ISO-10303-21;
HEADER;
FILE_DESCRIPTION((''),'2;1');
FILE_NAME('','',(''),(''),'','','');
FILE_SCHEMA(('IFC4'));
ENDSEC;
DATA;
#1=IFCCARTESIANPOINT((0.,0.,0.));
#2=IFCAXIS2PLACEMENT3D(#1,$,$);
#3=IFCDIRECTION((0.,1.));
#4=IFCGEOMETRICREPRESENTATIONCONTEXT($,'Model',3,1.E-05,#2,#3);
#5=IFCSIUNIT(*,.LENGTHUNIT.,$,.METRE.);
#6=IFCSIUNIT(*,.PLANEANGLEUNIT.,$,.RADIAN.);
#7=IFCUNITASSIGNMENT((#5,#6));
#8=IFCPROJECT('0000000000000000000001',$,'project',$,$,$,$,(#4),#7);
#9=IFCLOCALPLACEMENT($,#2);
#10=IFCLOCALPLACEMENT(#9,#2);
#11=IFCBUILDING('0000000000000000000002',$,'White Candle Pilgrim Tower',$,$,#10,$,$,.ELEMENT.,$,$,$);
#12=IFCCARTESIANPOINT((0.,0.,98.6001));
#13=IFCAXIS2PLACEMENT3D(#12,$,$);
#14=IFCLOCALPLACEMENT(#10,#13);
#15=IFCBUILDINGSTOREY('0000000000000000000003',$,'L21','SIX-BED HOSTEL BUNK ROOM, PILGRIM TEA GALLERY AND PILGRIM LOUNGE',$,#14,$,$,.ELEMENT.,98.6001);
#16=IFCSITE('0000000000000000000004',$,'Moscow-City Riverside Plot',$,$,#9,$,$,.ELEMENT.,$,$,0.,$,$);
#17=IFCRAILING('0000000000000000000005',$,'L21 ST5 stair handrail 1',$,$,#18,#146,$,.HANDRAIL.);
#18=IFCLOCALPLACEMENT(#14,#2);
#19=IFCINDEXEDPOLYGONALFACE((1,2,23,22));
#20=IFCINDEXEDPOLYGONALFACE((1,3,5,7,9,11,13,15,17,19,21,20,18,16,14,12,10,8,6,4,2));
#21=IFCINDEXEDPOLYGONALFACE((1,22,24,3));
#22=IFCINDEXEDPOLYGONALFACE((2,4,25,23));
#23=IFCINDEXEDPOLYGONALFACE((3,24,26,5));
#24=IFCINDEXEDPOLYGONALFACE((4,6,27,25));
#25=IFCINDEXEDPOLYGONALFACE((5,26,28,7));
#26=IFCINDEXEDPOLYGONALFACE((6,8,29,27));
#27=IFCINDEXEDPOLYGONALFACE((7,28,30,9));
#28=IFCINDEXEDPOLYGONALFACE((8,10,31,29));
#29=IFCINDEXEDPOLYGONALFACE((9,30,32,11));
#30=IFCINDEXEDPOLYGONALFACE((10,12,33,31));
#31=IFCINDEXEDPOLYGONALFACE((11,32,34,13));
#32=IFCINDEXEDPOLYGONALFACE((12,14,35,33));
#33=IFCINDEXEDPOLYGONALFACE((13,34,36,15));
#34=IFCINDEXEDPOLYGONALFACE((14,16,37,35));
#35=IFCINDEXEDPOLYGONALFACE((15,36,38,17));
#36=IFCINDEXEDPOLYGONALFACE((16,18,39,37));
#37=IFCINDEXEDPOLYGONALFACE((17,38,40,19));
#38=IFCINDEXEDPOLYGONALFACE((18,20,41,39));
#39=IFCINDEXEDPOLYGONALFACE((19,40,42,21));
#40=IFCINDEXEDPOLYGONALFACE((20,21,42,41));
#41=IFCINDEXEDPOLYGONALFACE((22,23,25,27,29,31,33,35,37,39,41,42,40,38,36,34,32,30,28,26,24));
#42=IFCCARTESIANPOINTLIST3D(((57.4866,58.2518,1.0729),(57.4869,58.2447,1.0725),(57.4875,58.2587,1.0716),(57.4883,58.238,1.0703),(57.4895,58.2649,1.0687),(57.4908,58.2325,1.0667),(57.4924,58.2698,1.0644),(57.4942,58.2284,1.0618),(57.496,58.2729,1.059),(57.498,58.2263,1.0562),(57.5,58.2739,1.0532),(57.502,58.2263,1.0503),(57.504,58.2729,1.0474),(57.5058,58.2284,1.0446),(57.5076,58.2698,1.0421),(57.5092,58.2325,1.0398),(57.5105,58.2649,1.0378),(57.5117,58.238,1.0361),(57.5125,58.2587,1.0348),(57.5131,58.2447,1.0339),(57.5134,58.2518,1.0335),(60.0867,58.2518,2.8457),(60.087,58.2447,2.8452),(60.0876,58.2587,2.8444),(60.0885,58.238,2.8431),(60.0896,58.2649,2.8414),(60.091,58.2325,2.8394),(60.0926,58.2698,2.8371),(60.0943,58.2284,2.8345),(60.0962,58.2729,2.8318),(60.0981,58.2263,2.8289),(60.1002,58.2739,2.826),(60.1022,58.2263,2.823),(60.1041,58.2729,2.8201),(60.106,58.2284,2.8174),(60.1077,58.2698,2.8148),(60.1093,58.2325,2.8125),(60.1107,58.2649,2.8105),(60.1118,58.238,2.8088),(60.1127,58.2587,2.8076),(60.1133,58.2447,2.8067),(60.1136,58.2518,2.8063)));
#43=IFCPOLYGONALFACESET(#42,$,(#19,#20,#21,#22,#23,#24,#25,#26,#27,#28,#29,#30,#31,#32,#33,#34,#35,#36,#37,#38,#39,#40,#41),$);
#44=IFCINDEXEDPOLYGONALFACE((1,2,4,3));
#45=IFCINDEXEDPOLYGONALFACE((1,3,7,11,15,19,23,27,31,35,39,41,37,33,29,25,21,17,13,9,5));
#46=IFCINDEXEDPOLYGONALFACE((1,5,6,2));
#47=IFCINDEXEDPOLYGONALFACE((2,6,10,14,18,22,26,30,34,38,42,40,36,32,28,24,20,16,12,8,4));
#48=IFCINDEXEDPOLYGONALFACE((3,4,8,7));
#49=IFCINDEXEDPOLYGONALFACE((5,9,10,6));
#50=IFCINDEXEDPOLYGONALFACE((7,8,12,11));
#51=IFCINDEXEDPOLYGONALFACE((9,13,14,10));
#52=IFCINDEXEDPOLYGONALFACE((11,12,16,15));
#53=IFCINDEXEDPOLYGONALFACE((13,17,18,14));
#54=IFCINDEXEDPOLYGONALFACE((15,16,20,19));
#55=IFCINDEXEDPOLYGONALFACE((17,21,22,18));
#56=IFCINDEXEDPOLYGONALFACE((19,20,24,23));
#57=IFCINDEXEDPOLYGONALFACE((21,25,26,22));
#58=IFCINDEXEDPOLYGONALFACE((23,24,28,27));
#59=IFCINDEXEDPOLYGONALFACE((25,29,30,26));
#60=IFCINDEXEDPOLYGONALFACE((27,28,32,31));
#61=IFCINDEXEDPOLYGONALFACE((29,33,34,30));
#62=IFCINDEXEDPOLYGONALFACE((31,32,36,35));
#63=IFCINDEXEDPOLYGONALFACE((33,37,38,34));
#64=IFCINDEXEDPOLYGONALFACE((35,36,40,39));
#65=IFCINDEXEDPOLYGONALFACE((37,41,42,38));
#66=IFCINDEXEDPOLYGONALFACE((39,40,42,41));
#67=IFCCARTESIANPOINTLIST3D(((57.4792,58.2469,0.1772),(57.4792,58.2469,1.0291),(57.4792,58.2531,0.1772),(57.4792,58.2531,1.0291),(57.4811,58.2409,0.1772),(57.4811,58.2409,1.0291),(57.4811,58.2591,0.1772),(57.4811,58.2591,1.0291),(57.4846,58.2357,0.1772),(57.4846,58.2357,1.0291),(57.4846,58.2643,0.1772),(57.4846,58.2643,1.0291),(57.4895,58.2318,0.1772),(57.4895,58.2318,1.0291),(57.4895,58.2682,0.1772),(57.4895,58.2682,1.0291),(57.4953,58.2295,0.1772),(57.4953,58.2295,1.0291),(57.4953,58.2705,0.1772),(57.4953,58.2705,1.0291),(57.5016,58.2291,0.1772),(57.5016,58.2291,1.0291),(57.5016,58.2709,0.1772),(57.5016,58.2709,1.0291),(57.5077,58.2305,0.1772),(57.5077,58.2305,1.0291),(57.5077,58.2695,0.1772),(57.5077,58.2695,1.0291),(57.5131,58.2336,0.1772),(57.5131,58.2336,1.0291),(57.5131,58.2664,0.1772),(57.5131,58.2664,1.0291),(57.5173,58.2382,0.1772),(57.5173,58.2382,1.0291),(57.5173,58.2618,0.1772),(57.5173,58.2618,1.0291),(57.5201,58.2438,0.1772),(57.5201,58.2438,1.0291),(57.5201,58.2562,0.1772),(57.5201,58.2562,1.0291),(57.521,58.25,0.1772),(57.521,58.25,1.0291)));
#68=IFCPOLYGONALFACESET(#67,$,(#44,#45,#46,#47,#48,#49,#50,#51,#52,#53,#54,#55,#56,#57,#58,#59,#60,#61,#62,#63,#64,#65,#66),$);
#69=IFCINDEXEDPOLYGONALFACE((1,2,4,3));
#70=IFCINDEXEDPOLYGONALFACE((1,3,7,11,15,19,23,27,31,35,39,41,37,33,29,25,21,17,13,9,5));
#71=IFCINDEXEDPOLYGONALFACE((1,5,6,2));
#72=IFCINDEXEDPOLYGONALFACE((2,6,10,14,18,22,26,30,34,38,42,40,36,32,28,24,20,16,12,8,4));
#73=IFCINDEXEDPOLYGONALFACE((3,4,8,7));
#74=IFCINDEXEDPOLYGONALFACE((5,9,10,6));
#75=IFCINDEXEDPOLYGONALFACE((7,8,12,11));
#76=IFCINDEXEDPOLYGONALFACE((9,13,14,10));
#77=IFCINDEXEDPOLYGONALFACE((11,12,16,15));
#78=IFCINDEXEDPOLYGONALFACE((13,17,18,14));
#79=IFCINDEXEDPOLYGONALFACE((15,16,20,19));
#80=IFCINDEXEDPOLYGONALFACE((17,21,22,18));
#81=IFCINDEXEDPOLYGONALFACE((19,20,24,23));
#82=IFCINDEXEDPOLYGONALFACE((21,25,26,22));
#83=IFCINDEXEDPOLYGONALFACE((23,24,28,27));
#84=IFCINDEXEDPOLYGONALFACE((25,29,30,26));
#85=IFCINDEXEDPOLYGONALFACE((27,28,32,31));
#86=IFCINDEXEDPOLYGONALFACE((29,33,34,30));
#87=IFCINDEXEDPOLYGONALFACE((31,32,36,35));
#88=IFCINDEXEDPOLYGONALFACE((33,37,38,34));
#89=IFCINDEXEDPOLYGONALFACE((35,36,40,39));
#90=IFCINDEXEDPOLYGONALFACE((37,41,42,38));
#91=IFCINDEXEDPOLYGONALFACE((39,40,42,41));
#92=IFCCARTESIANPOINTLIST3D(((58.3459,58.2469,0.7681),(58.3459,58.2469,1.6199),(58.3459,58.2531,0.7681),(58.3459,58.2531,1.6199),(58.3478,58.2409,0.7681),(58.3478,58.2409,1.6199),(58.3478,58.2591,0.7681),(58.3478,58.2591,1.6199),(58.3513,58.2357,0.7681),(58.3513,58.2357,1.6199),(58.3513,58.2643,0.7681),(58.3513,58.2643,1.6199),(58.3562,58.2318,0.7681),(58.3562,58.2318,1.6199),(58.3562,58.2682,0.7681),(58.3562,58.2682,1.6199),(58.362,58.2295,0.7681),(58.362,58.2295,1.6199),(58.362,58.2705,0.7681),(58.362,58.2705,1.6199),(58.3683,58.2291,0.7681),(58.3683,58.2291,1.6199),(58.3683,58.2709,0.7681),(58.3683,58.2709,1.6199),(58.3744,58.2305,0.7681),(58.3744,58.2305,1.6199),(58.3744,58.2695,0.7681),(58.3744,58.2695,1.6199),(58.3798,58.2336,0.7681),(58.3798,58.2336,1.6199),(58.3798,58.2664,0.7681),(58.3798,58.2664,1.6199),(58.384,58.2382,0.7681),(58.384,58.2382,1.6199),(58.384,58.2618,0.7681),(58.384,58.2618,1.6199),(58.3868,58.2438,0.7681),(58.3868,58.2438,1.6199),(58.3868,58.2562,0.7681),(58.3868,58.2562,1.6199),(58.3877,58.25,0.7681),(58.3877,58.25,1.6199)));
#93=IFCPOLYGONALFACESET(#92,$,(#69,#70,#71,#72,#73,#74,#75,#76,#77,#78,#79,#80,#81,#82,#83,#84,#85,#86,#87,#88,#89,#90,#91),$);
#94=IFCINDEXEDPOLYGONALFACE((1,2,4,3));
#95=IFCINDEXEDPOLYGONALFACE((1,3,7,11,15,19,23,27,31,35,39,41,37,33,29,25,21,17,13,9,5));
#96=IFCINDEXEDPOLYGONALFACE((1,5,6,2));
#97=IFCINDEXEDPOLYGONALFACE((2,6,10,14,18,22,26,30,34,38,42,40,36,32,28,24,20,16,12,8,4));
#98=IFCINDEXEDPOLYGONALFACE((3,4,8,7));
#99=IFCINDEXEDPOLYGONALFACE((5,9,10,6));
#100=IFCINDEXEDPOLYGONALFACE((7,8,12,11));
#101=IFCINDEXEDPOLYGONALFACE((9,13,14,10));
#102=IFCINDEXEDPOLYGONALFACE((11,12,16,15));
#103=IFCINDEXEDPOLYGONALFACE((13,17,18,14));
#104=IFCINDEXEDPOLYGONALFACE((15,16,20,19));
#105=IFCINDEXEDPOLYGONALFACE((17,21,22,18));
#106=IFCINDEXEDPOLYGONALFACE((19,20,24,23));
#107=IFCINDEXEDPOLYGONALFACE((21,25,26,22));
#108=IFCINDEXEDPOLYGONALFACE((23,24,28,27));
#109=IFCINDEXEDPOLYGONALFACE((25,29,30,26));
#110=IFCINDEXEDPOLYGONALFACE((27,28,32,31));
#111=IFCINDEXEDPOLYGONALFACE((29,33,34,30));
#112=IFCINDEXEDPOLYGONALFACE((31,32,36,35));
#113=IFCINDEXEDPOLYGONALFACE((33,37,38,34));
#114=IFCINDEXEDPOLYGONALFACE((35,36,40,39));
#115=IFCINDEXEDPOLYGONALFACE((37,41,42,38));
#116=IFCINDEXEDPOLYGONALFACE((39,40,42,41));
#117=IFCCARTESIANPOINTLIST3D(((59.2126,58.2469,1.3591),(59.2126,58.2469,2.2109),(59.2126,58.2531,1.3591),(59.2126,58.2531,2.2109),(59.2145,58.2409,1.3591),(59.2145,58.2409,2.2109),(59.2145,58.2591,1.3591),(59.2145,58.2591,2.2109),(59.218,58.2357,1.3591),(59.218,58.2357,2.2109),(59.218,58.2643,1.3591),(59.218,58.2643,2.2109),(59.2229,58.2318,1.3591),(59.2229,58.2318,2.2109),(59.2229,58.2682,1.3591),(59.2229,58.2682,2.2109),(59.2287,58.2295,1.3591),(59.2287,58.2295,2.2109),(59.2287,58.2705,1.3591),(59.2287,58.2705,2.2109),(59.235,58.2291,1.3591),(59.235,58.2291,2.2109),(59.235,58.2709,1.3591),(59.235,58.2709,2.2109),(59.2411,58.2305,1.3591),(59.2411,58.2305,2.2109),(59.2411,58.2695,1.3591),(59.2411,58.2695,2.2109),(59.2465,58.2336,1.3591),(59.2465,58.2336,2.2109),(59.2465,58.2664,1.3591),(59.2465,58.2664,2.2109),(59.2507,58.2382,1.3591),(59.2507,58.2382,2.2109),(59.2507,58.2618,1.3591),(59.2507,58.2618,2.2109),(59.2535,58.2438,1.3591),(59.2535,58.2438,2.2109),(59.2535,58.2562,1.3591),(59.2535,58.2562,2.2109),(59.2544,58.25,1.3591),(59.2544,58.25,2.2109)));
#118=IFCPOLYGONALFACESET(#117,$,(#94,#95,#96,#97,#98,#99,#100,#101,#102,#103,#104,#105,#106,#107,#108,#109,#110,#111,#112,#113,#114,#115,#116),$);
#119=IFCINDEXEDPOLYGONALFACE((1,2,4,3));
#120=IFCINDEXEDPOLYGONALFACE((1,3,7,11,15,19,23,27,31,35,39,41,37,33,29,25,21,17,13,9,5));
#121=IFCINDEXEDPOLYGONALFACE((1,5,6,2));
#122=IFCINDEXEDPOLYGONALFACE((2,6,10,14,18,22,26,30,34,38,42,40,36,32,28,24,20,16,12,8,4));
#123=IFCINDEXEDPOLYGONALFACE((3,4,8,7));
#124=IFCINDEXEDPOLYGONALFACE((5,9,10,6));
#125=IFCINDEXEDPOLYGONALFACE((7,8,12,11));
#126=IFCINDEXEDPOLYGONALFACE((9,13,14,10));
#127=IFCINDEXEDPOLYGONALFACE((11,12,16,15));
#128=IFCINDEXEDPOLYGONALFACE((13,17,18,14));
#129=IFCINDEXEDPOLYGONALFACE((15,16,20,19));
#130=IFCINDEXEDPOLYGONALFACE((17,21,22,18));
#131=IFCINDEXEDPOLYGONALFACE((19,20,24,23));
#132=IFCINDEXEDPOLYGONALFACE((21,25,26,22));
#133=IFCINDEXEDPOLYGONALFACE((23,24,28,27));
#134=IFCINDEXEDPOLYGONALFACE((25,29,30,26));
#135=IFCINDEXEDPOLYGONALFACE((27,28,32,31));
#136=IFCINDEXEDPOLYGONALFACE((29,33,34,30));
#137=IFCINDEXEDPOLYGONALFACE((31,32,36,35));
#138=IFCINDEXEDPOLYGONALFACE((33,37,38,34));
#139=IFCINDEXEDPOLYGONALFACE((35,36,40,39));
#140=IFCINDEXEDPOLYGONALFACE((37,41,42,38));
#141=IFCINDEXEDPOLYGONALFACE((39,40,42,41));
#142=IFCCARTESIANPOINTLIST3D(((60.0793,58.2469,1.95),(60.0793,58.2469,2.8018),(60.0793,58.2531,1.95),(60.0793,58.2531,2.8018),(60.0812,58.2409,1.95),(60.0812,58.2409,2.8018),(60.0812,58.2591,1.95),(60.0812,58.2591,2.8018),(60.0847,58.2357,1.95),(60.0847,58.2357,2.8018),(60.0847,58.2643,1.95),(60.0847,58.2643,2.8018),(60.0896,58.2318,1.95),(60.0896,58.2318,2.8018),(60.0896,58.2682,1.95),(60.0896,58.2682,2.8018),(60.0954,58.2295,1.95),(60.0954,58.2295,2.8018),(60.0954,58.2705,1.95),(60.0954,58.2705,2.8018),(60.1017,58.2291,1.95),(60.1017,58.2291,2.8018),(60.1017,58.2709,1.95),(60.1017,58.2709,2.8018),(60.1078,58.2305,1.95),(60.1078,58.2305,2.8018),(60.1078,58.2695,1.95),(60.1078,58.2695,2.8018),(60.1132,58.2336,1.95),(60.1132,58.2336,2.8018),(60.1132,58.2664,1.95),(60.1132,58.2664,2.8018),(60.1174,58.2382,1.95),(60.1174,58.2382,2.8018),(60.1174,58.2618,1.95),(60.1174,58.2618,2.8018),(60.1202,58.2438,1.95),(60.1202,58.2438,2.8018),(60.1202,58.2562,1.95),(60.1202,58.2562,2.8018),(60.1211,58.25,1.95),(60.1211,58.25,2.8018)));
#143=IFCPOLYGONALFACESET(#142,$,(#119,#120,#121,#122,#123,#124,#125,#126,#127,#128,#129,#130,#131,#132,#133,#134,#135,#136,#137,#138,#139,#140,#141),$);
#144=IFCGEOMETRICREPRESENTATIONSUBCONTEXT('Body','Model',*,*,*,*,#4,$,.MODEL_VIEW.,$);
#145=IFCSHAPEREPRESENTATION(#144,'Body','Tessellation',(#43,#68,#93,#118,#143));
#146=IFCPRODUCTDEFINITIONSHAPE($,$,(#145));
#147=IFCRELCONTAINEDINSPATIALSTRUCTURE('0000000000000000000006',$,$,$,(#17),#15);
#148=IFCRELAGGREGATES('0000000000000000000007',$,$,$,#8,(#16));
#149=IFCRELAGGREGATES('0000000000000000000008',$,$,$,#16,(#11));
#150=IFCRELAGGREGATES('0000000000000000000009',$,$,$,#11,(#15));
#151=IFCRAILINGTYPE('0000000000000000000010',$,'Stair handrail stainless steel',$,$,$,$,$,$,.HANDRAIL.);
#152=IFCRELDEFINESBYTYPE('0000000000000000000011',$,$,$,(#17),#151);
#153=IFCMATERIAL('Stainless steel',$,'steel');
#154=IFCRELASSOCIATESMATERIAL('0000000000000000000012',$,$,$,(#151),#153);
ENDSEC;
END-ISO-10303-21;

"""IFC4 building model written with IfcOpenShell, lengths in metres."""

from ifc_helpers import new_model, si_unit, direction, frame, origin, origin_2d, place, context, subcontext, project, spatial, circle, extrude, material, type_object, element, save


model = new_model("IFC4")

# Units and contexts
model_context = context("Model", 3, precision=1e-05, world=origin(), true_north=direction((0.0, 1.0)))
body_context = subcontext(model_context, "Body", "Model", "MODEL_VIEW")
ifc_project = project(units=[si_unit("LENGTHUNIT", "METRE"), si_unit("PLANEANGLEUNIT", "RADIAN")], contexts=[model_context])

# Site, building, storey
site_placement = place(None, origin())
site = spatial("IfcSite", under=ifc_project, at=site_placement, Name="Moscow-City Riverside Plot", CompositionType="ELEMENT", RefElevation=0.0)
building_placement = place(site_placement, origin())
building = spatial("IfcBuilding", under=site, at=building_placement, Name="White Candle Pilgrim Tower", CompositionType="ELEMENT")
storey_placement = place(building_placement, frame((0.0, 0.0, 98.6001)))
storey = spatial("IfcBuildingStorey", under=building, at=storey_placement, Name="L21", Description="SIX-BED HOSTEL BUNK ROOM, PILGRIM TEA GALLERY AND PILGRIM LOUNGE", CompositionType="ELEMENT", Elevation=98.6001)

# Railing
ifc_material_1 = material(Name="Stainless steel", Category="steel")
railing_type_1 = type_object("IfcRailingType", Name="Stair handrail stainless steel", PredefinedType="HANDRAIL", material=ifc_material_1)
railing_1_placement = place(storey_placement, frame((57.5, 58.25, 0.1772)))
element("IfcRailing", 1, at=railing_1_placement, inside=storey, type_object=railing_type_1, Name="L21 ST5 stair handrail 1", PredefinedType="HANDRAIL", context=body_context, shape_type="SweptSolid", body=[
    extrude(circle(Radius=0.0239, at=origin_2d()), frame((0.0, 0.0, 0.876), z_axis=(0.82624, 0.0, 0.563318), x_axis=(0.0, 1.0, 0.0)), (0.0, 0.0, 1.0), 3.147),
    extrude(circle(Radius=0.021, at=origin_2d()), origin(), (0.0, 0.0, 1.0), 0.8518),
    extrude(circle(Radius=0.021, at=origin_2d()), frame((0.8667, 0.0, 0.5908)), (0.0, 0.0, 1.0), 0.8518),
    extrude(circle(Radius=0.021, at=origin_2d()), frame((1.7334, 0.0, 1.1819)), (0.0, 0.0, 1.0), 0.8518),
    extrude(circle(Radius=0.021, at=origin_2d()), frame((2.6001, 0.0, 1.7727)), (0.0, 0.0, 1.0), 0.8518),
])

save(model, "model.ifc")
